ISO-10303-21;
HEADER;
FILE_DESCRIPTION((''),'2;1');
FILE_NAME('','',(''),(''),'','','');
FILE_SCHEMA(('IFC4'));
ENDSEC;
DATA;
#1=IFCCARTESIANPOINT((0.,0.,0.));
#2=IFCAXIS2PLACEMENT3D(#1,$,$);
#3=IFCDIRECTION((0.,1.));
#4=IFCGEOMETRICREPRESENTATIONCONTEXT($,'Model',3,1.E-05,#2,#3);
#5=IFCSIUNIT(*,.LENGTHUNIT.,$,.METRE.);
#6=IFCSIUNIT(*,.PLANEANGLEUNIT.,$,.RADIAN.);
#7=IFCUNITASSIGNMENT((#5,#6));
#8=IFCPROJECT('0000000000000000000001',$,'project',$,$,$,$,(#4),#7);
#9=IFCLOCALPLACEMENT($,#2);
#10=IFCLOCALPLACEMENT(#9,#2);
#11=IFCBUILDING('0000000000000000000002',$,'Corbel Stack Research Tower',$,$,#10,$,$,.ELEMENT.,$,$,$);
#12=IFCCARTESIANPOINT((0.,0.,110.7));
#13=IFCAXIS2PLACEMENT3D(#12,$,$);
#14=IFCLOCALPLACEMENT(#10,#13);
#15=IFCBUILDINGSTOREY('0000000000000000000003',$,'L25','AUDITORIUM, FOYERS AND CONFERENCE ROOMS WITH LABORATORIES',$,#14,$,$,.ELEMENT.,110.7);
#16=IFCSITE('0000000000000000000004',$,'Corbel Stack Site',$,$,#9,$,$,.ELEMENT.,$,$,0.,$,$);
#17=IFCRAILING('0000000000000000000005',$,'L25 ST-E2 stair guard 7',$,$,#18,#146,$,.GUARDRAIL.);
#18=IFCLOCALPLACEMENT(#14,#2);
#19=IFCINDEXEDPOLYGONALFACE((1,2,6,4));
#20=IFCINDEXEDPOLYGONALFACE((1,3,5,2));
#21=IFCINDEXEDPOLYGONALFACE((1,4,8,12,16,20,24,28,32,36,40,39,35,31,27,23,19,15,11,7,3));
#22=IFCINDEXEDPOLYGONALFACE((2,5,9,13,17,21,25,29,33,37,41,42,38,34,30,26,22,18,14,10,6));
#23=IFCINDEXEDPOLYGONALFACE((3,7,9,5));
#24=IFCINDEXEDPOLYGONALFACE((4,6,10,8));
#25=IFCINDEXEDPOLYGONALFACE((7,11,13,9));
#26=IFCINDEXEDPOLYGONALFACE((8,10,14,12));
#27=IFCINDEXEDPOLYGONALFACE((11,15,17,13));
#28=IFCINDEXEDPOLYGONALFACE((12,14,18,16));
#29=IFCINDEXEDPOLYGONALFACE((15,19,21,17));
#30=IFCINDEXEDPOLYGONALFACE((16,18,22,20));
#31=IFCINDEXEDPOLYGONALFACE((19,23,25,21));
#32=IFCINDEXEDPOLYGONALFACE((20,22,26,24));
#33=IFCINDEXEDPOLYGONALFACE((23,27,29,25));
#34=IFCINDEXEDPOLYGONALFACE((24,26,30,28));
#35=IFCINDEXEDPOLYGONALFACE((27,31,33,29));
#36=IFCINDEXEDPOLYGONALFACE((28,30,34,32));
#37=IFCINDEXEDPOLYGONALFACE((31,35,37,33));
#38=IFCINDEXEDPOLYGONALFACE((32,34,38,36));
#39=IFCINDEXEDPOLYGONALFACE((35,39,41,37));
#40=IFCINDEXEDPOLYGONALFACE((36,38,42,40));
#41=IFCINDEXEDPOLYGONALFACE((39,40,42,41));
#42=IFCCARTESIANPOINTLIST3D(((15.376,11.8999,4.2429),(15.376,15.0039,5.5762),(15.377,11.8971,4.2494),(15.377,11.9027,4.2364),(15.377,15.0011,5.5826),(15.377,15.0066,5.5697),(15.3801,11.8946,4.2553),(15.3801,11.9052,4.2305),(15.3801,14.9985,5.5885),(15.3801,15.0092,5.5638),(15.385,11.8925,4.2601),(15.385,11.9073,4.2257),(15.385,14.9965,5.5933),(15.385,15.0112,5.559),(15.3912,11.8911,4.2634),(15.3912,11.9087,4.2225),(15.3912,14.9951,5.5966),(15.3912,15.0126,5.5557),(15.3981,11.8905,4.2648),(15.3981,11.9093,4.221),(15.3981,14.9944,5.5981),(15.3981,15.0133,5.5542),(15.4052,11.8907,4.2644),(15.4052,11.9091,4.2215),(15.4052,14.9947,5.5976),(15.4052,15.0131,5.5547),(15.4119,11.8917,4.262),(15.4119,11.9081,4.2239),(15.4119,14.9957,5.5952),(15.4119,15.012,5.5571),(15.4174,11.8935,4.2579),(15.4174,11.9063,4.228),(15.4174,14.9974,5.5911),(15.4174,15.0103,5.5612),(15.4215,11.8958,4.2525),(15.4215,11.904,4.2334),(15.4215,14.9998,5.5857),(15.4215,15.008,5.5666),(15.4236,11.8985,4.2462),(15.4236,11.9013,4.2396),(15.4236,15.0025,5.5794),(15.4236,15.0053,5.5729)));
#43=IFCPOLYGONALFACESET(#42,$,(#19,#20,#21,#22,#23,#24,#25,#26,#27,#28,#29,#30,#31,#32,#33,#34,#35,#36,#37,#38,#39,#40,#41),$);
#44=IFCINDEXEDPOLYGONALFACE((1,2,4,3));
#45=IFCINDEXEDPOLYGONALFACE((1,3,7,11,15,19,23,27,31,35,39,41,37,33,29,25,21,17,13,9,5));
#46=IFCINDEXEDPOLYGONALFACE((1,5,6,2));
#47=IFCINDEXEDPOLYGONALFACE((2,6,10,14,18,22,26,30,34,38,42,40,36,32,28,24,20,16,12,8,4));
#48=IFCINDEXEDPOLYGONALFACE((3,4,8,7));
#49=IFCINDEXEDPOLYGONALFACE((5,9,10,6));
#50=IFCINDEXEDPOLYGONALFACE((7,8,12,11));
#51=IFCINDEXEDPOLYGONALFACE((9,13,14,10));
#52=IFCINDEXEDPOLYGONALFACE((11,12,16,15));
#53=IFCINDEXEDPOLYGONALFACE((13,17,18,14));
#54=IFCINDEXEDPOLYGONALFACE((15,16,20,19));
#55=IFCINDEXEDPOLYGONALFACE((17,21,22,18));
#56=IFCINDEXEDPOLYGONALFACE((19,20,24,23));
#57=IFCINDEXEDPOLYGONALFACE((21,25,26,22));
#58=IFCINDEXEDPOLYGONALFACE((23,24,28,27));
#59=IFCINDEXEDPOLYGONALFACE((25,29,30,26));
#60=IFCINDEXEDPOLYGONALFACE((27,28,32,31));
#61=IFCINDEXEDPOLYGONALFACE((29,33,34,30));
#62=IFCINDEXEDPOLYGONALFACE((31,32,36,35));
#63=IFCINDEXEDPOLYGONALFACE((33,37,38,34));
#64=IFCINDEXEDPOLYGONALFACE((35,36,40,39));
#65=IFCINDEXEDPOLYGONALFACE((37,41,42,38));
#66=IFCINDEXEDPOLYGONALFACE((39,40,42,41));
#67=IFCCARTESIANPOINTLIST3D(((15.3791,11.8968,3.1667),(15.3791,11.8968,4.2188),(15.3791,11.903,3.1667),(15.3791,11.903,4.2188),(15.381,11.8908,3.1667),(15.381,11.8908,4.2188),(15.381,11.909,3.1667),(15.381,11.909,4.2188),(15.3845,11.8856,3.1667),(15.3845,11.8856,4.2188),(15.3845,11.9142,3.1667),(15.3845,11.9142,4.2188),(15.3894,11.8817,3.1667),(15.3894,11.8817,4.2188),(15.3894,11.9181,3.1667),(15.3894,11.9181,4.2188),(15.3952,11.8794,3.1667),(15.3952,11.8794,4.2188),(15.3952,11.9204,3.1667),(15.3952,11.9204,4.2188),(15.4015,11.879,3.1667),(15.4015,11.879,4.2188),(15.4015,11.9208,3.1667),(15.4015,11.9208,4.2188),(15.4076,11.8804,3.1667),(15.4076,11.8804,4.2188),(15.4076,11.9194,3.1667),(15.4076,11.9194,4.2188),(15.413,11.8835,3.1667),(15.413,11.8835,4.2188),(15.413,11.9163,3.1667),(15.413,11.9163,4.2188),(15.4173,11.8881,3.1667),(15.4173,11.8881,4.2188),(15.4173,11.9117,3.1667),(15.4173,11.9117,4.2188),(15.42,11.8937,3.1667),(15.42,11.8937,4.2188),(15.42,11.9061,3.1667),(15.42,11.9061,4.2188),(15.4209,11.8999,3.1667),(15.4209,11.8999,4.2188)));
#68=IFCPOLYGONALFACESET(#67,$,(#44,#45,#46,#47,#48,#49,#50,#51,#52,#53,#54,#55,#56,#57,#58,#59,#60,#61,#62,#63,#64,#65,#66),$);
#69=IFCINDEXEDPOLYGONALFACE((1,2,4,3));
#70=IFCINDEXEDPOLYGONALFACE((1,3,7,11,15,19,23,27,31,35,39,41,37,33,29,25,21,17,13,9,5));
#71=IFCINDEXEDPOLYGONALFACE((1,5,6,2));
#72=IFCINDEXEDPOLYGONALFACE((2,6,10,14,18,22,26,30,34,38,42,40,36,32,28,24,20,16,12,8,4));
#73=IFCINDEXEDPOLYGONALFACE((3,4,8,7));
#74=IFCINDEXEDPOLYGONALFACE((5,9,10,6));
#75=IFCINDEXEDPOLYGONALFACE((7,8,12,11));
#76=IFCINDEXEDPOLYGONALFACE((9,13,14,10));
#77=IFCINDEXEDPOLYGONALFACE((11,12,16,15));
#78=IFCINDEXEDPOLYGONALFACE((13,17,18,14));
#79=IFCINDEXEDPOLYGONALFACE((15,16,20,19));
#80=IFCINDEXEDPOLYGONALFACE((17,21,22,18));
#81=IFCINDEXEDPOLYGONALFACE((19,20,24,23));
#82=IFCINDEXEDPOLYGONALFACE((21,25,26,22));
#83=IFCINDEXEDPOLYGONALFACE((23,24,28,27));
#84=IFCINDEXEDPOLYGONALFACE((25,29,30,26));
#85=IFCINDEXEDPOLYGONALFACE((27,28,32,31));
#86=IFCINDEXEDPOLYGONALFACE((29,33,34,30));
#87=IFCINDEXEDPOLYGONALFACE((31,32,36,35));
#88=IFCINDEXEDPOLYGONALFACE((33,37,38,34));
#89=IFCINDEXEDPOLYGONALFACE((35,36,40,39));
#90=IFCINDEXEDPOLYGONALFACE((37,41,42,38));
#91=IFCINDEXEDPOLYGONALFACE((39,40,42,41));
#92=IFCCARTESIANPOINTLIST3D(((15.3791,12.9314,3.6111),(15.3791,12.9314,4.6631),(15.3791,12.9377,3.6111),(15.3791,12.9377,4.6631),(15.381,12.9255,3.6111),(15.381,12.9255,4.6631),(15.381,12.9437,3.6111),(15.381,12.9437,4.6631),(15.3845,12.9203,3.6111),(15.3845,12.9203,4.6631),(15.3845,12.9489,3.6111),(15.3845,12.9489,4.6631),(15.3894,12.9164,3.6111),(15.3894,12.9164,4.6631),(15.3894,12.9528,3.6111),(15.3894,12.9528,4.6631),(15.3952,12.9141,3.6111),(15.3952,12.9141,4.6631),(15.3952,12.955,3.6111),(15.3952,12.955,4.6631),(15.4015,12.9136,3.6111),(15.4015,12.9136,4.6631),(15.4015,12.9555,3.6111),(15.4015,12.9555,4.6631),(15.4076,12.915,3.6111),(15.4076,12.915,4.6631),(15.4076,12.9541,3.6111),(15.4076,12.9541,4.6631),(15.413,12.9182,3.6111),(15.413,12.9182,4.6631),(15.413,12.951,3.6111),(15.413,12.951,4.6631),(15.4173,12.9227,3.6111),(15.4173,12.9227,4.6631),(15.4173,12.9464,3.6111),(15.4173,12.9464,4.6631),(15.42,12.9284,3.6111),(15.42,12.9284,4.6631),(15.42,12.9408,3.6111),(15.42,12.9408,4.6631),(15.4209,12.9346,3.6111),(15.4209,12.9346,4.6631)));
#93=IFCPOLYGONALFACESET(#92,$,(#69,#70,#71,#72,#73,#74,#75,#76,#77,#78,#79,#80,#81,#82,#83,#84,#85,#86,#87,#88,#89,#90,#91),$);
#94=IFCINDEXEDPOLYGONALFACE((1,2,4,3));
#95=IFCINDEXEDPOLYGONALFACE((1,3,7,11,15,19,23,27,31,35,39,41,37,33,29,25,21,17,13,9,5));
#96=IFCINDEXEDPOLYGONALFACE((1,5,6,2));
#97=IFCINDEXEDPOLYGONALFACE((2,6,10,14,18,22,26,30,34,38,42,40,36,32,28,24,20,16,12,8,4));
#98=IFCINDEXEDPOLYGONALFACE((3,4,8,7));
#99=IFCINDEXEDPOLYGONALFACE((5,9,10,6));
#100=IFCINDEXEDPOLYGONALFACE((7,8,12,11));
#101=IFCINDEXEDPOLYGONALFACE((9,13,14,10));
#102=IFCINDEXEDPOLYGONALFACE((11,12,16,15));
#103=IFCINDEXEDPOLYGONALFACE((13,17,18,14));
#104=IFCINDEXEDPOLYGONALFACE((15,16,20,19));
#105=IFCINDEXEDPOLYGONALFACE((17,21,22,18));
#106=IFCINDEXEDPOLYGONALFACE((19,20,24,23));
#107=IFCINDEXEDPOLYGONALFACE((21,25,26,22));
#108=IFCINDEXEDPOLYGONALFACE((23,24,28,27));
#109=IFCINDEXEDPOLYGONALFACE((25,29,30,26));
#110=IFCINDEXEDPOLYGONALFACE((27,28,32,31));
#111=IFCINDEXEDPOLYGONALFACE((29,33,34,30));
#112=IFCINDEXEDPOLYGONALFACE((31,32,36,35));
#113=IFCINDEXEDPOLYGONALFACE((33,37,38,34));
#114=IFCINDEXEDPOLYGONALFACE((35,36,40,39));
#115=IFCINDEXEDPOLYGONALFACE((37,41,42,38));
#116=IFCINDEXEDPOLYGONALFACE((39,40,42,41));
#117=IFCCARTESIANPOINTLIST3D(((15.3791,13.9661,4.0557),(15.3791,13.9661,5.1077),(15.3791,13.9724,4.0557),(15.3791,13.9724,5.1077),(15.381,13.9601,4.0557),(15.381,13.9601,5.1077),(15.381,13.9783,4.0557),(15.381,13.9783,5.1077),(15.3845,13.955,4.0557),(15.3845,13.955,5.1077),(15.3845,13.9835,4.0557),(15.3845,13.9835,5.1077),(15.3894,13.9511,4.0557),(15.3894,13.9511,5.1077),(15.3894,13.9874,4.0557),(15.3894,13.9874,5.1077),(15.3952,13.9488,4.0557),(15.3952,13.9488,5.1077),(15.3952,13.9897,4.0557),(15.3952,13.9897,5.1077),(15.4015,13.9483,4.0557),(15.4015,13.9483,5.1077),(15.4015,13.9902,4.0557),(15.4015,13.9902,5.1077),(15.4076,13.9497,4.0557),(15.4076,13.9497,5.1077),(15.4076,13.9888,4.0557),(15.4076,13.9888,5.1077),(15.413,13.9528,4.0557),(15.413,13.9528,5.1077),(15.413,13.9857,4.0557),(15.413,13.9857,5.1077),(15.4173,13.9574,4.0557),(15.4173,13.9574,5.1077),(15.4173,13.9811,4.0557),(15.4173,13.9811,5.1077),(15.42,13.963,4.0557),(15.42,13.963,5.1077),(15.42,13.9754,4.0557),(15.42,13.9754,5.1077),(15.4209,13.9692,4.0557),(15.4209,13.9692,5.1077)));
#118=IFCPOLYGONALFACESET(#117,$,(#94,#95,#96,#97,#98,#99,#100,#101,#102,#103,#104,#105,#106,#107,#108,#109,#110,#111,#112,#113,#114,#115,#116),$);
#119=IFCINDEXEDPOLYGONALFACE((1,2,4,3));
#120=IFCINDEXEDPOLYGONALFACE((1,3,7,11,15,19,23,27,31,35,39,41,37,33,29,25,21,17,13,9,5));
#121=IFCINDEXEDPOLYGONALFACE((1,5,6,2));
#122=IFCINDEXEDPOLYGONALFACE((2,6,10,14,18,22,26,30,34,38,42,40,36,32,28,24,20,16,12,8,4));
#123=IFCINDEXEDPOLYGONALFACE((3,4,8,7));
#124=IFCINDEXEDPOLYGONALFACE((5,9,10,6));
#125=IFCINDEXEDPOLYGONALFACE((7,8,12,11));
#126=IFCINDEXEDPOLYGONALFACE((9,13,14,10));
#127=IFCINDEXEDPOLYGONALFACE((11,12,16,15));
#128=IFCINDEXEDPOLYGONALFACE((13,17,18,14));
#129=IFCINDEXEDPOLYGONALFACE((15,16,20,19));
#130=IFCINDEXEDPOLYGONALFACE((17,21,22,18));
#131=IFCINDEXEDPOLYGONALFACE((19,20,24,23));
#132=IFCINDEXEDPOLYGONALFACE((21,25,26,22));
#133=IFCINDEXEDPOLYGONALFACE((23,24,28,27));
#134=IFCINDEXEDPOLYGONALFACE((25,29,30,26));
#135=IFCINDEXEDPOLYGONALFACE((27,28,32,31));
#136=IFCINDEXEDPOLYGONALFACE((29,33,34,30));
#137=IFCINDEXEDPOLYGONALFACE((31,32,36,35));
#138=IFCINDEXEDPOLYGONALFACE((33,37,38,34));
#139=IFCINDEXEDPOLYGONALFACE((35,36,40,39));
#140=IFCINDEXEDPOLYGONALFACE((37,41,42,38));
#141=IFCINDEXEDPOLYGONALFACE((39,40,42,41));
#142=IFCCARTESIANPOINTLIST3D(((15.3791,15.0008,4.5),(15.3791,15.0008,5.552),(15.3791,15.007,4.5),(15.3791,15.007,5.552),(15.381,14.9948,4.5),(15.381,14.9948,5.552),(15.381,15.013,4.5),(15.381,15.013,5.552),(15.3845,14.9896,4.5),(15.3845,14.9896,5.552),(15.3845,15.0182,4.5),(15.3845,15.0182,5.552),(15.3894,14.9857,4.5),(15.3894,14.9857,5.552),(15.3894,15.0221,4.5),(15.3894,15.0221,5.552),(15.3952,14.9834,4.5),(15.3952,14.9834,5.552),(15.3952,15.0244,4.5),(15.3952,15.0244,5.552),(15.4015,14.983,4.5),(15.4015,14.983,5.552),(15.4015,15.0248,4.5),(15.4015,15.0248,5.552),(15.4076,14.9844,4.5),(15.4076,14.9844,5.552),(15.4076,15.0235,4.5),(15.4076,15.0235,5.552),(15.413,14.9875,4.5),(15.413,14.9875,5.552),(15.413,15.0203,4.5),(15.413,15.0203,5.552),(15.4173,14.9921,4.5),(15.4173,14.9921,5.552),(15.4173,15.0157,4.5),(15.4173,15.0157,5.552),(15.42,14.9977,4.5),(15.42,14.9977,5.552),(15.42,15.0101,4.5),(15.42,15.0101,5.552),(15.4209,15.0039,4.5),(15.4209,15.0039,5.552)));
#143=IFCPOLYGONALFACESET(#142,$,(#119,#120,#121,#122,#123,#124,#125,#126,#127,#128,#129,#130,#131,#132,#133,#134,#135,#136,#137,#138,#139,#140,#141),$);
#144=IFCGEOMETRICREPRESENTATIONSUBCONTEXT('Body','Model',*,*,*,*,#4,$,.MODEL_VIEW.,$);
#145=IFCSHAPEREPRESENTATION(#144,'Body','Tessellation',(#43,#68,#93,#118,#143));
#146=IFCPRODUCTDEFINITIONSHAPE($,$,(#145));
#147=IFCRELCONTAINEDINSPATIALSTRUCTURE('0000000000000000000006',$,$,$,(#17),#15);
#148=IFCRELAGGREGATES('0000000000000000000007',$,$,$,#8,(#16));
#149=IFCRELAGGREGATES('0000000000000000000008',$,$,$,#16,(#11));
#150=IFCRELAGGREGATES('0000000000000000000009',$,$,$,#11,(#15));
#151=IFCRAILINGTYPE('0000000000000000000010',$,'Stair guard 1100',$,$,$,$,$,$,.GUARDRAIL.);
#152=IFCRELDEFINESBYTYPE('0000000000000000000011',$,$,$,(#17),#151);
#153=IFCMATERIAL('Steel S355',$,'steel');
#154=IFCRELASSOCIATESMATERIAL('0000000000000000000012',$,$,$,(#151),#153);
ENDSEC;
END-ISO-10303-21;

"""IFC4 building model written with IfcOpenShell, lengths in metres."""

from ifc_helpers import new_model, si_unit, direction, frame, origin, origin_2d, place, context, subcontext, project, spatial, circle, extrude, material, type_object, element, save


model = new_model("IFC4")

# Units and contexts
model_context = context("Model", 3, precision=1e-05, world=origin(), true_north=direction((0.0, 1.0)))
body_context = subcontext(model_context, "Body", "Model", "MODEL_VIEW")
ifc_project = project(units=[si_unit("LENGTHUNIT", "METRE"), si_unit("PLANEANGLEUNIT", "RADIAN")], contexts=[model_context])

# Site, building, storey
site_placement = place(None, origin())
site = spatial("IfcSite", under=ifc_project, at=site_placement, Name="Corbel Stack Site", CompositionType="ELEMENT", RefElevation=0.0)
building_placement = place(site_placement, origin())
building = spatial("IfcBuilding", under=site, at=building_placement, Name="Corbel Stack Research Tower", CompositionType="ELEMENT")
storey_placement = place(building_placement, frame((0.0, 0.0, 110.7)))
storey = spatial("IfcBuildingStorey", under=building, at=storey_placement, Name="L25", Description="AUDITORIUM, FOYERS AND CONFERENCE ROOMS WITH LABORATORIES", CompositionType="ELEMENT", Elevation=110.7)

# Railing
ifc_material_1 = material(Name="Steel S355", Category="steel")
railing_type_1 = type_object("IfcRailingType", Name="Stair guard 1100", PredefinedType="GUARDRAIL", material=ifc_material_1)
railing_1_placement = place(storey_placement, frame((15.3999, 11.8999, 3.1667)))
element("IfcRailing", 1, at=railing_1_placement, inside=storey, type_object=railing_type_1, Name="L25 ST-E2 stair guard 7", PredefinedType="GUARDRAIL", context=body_context, shape_type="SweptSolid", body=[
    extrude(circle(Radius=0.0239, at=origin_2d()), frame((0.0, 0.0, 1.0762), z_axis=(0.0, 0.918827, 0.394661), x_axis=(-1.0, 0.0, 0.0)), (0.0, 0.0, 1.0), 3.3782),
    extrude(circle(Radius=0.021, at=origin_2d()), origin(), (0.0, 0.0, 1.0), 1.052),
    extrude(circle(Radius=0.021, at=origin_2d()), frame((0.0, 1.0347, 0.4443)), (0.0, 0.0, 1.0), 1.052),
    extrude(circle(Radius=0.021, at=origin_2d()), frame((0.0, 2.0693, 0.8889)), (0.0, 0.0, 1.0), 1.052),
    extrude(circle(Radius=0.021, at=origin_2d()), frame((0.0, 3.104, 1.3333)), (0.0, 0.0, 1.0), 1.052),
])

save(model, "model.ifc")
